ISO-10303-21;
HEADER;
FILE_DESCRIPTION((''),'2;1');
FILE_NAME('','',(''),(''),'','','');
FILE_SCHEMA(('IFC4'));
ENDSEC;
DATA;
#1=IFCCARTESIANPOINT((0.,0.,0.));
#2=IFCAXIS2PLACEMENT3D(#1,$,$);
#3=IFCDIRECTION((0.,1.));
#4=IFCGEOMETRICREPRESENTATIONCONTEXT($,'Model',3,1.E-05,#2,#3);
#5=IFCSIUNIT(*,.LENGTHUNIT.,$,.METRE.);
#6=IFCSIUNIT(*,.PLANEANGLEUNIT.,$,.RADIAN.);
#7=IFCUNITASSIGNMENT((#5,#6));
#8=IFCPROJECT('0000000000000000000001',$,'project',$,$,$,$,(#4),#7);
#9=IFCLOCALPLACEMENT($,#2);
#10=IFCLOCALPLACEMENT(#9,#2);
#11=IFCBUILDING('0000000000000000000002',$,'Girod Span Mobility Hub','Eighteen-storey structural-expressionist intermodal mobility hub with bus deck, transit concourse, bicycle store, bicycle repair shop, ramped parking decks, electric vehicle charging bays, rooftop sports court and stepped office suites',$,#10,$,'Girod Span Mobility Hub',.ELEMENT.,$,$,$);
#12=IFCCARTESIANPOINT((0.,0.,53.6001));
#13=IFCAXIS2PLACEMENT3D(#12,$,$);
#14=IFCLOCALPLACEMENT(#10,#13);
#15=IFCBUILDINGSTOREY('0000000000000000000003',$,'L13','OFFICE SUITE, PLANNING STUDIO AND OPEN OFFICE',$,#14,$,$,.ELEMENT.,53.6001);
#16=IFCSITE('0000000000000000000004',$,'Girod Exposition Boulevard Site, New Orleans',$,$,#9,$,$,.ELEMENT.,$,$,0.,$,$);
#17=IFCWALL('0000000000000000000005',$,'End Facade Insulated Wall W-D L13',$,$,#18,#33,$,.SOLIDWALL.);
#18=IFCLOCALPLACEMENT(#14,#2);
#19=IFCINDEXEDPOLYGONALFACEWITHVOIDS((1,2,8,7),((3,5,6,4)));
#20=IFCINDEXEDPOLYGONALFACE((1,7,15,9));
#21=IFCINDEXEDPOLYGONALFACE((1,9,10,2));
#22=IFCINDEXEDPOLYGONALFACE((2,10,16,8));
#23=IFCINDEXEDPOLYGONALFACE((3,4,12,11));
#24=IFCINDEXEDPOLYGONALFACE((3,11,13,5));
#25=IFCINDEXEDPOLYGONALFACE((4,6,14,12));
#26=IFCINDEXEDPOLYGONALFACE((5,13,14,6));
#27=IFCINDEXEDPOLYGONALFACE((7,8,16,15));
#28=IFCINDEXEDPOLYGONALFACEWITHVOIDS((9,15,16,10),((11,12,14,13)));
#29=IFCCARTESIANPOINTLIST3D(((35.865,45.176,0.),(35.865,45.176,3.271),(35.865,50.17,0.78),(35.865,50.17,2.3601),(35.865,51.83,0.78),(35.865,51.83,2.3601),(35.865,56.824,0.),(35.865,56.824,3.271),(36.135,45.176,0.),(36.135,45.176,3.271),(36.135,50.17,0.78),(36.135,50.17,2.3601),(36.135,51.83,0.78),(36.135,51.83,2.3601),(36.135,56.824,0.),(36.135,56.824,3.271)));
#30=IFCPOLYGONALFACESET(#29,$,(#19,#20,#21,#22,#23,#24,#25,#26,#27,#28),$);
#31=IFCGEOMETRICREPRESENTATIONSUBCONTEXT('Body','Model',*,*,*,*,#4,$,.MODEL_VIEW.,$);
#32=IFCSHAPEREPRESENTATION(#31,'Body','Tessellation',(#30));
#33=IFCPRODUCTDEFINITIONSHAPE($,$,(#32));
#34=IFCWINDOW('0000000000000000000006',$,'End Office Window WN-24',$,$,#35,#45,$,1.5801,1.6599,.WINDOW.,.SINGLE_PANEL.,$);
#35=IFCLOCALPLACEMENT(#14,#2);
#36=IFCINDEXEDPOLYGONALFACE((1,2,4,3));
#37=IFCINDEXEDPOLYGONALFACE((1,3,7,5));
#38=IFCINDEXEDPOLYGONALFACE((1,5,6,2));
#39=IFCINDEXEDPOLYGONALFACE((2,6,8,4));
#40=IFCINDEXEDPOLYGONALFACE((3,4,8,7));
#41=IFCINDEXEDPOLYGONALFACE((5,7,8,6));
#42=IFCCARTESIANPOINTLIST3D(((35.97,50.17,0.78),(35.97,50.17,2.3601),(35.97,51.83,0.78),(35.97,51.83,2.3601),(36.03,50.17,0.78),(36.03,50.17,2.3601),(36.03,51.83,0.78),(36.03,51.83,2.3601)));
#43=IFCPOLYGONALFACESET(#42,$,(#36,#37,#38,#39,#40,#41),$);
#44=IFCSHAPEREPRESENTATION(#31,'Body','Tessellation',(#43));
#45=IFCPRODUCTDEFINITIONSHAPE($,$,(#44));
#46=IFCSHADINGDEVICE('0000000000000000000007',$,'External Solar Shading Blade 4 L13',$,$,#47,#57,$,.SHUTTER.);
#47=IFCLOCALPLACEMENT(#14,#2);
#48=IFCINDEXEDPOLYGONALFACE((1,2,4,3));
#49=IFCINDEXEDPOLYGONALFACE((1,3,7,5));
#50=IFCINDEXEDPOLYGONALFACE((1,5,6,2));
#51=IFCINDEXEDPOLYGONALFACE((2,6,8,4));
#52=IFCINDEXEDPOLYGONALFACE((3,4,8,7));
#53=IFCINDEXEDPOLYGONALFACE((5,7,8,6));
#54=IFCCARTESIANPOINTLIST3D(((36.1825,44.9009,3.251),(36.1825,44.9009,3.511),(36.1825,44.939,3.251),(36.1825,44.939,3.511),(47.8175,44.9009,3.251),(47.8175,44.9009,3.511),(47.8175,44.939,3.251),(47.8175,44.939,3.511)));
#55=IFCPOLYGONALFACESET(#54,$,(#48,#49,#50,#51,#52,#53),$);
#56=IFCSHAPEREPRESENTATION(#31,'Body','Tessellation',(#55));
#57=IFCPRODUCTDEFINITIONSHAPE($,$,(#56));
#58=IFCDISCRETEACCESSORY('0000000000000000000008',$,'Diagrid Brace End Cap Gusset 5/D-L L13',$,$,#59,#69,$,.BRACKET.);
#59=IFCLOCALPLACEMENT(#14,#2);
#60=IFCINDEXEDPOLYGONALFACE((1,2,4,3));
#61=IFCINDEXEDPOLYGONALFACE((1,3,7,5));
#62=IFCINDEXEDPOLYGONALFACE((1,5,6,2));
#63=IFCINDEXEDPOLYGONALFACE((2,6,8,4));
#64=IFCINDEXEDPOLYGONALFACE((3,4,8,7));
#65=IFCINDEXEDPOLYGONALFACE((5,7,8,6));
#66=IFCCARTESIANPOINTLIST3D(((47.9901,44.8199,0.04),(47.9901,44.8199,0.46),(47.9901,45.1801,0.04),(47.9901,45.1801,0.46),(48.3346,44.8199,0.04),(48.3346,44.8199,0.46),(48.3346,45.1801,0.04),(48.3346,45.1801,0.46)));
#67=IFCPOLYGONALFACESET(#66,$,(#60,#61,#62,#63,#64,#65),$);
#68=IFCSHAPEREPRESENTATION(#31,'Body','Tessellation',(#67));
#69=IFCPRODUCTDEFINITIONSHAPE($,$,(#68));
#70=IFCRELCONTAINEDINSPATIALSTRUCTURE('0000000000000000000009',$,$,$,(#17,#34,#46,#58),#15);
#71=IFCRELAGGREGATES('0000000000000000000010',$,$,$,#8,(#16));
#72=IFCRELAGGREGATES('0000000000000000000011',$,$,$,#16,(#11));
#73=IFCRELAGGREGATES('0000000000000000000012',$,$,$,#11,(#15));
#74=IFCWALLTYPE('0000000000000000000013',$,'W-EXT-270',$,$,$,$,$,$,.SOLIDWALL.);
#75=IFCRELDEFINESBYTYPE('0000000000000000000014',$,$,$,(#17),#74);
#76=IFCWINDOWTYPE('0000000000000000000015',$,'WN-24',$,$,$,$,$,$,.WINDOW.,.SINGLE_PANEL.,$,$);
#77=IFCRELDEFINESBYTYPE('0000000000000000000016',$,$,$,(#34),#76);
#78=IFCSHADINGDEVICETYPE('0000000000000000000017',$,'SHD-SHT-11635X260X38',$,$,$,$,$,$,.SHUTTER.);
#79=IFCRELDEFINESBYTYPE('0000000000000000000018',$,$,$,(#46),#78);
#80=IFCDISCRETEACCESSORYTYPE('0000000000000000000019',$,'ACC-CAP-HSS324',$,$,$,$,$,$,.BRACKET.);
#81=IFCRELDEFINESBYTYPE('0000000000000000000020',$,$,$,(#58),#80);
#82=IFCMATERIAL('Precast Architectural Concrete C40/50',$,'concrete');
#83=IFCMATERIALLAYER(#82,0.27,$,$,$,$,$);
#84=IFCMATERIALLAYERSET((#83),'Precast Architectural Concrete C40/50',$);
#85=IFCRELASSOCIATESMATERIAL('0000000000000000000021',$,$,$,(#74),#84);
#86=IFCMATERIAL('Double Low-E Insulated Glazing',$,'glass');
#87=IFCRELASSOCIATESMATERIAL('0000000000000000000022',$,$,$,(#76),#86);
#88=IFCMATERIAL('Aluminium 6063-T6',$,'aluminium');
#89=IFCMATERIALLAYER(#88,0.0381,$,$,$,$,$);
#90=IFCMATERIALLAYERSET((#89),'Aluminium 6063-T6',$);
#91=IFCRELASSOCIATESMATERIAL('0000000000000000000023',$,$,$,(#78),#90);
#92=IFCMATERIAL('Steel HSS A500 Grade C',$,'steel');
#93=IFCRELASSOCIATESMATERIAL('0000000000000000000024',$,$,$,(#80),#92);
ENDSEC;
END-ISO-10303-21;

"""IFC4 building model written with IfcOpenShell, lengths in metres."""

from ifc_helpers import new_model, si_unit, direction, frame, frame_2d, origin, origin_2d, place, context, subcontext, project, spatial, rectangle, extrude, material, layer, layer_set, type_object, element, fill, save


model = new_model("IFC4")

# Units and contexts
model_context = context("Model", 3, precision=1e-05, world=origin(), true_north=direction((0.0, 1.0)))
body_context = subcontext(model_context, "Body", "Model", "MODEL_VIEW")
ifc_project = project(units=[si_unit("LENGTHUNIT", "METRE"), si_unit("PLANEANGLEUNIT", "RADIAN")], contexts=[model_context])

# Site, building, storey
site_placement = place(None, origin())
site = spatial("IfcSite", under=ifc_project, at=site_placement, Name="Girod Exposition Boulevard Site, New Orleans", CompositionType="ELEMENT", RefElevation=0.0)
building_placement = place(site_placement, origin())
building = spatial("IfcBuilding", under=site, at=building_placement, Name="Girod Span Mobility Hub", Description="Eighteen-storey structural-expressionist intermodal mobility hub with bus deck, transit concourse, bicycle store, bicycle repair shop, ramped parking decks, electric vehicle charging bays, rooftop sports court and stepped office suites", LongName="Girod Span Mobility Hub", CompositionType="ELEMENT")
storey_placement = place(building_placement, frame((0.0, 0.0, 53.6001)))
storey = spatial("IfcBuildingStorey", under=building, at=storey_placement, Name="L13", Description="OFFICE SUITE, PLANNING STUDIO AND OPEN OFFICE", CompositionType="ELEMENT", Elevation=53.6001)

# Shared definitions
ifc_material_1 = material(Name="Precast Architectural Concrete C40/50", Category="concrete")
ifc_layer_1 = layer(ifc_material_1, 0.27)
ifc_layer_set_1 = layer_set([ifc_layer_1], Name="Precast Architectural Concrete C40/50")
wall_type = type_object("IfcWallType", Name="W-EXT-270", PredefinedType="SOLIDWALL", material=ifc_layer_set_1)

# Wall, opening, window
wall_1_placement = place(storey_placement, frame((36.0, 45.176, 0.0), z_axis=(0.0, 0.0, 1.0), x_axis=(0.0, 1.0, 0.0)))
wall_1 = element("IfcWall", 1, at=wall_1_placement, inside=storey, type_object=wall_type, Name="End Facade Insulated Wall W-D L13", PredefinedType="SOLIDWALL", context=body_context, shape_type="SweptSolid", body=[
    extrude(rectangle(XDim=11.6479, YDim=0.27, at=frame_2d((5.824, 0.0))), origin(), (0.0, 0.0, 1.0), 3.271),
])
opening_1_placement = place(wall_1_placement, frame((4.9939, 0.0, 0.78)))
opening_1 = element("IfcOpeningElement", 2, at=opening_1_placement, cuts=wall_1, PredefinedType="OPENING", context=body_context, shape_type="SweptSolid", body=[
    extrude(rectangle(XDim=1.6599, YDim=1.5801, at=frame_2d((0.8301, 0.79))), frame((0.0, 0.1499, 0.0), z_axis=(0.0, -1.0, 0.0), x_axis=(1.0, 0.0, 0.0)), (0.0, 0.0, 1.0), 0.3),
])
ifc_material_2 = material(Name="Double Low-E Insulated Glazing", Category="glass")
window_type_1 = type_object("IfcWindowType", Name="WN-24", PartitioningType="SINGLE_PANEL", PredefinedType="WINDOW", material=ifc_material_2)
window_1_placement = place(opening_1_placement, origin())
window_1 = element("IfcWindow", 3, at=window_1_placement, inside=storey, type_object=window_type_1, Name="End Office Window WN-24", OverallHeight=1.5801, OverallWidth=1.6599, PartitioningType="SINGLE_PANEL", PredefinedType="WINDOW", context=body_context, shape_type="SweptSolid", body=[
    extrude(rectangle(XDim=1.6599, YDim=1.5801, at=frame_2d((0.8301, 0.79))), frame((0.0, 0.03, 0.0), z_axis=(0.0, -1.0, 0.0), x_axis=(1.0, 0.0, 0.0)), (0.0, 0.0, 1.0), 0.0601),
])
fill(opening_1, window_1)

# Shading device
ifc_material_3 = material(Name="Aluminium 6063-T6", Category="aluminium")
ifc_layer_2 = layer(ifc_material_3, 0.0381)
ifc_layer_set_2 = layer_set([ifc_layer_2], Name="Aluminium 6063-T6")
shading_device_type = type_object("IfcShadingDeviceType", Name="SHD-SHT-11635X260X38", PredefinedType="SHUTTER", material=ifc_layer_set_2)
shading_device_placement = place(storey_placement, frame((42.0, 44.9199, 3.251), z_axis=(0.0, 0.0, 1.0), x_axis=(1.0, 0.0, 0.0)))
element("IfcShadingDevice", 4, at=shading_device_placement, inside=storey, type_object=shading_device_type, Name="External Solar Shading Blade 4 L13", PredefinedType="SHUTTER", context=body_context, shape_type="SweptSolid", body=[
    extrude(rectangle(XDim=11.635, YDim=0.0381, at=origin_2d()), origin(), (0.0, 0.0, 1.0), 0.26),
])

# Discrete accessory
ifc_material_4 = material(Name="Steel HSS A500 Grade C", Category="steel")
discrete_accessory_type = type_object("IfcDiscreteAccessoryType", Name="ACC-CAP-HSS324", PredefinedType="BRACKET", material=ifc_material_4)
discrete_accessory_placement = place(storey_placement, frame((48.1624, 45.0, 0.04), z_axis=(0.0, 0.0, 1.0), x_axis=(1.0, 0.0, 0.0)))
element("IfcDiscreteAccessory", 5, at=discrete_accessory_placement, inside=storey, type_object=discrete_accessory_type, Name="Diagrid Brace End Cap Gusset 5/D-L L13", PredefinedType="BRACKET", context=body_context, shape_type="SweptSolid", body=[
    extrude(rectangle(XDim=0.3445, YDim=0.3601, at=origin_2d()), origin(), (0.0, 0.0, 1.0), 0.4199),
])

save(model, "model.ifc")
